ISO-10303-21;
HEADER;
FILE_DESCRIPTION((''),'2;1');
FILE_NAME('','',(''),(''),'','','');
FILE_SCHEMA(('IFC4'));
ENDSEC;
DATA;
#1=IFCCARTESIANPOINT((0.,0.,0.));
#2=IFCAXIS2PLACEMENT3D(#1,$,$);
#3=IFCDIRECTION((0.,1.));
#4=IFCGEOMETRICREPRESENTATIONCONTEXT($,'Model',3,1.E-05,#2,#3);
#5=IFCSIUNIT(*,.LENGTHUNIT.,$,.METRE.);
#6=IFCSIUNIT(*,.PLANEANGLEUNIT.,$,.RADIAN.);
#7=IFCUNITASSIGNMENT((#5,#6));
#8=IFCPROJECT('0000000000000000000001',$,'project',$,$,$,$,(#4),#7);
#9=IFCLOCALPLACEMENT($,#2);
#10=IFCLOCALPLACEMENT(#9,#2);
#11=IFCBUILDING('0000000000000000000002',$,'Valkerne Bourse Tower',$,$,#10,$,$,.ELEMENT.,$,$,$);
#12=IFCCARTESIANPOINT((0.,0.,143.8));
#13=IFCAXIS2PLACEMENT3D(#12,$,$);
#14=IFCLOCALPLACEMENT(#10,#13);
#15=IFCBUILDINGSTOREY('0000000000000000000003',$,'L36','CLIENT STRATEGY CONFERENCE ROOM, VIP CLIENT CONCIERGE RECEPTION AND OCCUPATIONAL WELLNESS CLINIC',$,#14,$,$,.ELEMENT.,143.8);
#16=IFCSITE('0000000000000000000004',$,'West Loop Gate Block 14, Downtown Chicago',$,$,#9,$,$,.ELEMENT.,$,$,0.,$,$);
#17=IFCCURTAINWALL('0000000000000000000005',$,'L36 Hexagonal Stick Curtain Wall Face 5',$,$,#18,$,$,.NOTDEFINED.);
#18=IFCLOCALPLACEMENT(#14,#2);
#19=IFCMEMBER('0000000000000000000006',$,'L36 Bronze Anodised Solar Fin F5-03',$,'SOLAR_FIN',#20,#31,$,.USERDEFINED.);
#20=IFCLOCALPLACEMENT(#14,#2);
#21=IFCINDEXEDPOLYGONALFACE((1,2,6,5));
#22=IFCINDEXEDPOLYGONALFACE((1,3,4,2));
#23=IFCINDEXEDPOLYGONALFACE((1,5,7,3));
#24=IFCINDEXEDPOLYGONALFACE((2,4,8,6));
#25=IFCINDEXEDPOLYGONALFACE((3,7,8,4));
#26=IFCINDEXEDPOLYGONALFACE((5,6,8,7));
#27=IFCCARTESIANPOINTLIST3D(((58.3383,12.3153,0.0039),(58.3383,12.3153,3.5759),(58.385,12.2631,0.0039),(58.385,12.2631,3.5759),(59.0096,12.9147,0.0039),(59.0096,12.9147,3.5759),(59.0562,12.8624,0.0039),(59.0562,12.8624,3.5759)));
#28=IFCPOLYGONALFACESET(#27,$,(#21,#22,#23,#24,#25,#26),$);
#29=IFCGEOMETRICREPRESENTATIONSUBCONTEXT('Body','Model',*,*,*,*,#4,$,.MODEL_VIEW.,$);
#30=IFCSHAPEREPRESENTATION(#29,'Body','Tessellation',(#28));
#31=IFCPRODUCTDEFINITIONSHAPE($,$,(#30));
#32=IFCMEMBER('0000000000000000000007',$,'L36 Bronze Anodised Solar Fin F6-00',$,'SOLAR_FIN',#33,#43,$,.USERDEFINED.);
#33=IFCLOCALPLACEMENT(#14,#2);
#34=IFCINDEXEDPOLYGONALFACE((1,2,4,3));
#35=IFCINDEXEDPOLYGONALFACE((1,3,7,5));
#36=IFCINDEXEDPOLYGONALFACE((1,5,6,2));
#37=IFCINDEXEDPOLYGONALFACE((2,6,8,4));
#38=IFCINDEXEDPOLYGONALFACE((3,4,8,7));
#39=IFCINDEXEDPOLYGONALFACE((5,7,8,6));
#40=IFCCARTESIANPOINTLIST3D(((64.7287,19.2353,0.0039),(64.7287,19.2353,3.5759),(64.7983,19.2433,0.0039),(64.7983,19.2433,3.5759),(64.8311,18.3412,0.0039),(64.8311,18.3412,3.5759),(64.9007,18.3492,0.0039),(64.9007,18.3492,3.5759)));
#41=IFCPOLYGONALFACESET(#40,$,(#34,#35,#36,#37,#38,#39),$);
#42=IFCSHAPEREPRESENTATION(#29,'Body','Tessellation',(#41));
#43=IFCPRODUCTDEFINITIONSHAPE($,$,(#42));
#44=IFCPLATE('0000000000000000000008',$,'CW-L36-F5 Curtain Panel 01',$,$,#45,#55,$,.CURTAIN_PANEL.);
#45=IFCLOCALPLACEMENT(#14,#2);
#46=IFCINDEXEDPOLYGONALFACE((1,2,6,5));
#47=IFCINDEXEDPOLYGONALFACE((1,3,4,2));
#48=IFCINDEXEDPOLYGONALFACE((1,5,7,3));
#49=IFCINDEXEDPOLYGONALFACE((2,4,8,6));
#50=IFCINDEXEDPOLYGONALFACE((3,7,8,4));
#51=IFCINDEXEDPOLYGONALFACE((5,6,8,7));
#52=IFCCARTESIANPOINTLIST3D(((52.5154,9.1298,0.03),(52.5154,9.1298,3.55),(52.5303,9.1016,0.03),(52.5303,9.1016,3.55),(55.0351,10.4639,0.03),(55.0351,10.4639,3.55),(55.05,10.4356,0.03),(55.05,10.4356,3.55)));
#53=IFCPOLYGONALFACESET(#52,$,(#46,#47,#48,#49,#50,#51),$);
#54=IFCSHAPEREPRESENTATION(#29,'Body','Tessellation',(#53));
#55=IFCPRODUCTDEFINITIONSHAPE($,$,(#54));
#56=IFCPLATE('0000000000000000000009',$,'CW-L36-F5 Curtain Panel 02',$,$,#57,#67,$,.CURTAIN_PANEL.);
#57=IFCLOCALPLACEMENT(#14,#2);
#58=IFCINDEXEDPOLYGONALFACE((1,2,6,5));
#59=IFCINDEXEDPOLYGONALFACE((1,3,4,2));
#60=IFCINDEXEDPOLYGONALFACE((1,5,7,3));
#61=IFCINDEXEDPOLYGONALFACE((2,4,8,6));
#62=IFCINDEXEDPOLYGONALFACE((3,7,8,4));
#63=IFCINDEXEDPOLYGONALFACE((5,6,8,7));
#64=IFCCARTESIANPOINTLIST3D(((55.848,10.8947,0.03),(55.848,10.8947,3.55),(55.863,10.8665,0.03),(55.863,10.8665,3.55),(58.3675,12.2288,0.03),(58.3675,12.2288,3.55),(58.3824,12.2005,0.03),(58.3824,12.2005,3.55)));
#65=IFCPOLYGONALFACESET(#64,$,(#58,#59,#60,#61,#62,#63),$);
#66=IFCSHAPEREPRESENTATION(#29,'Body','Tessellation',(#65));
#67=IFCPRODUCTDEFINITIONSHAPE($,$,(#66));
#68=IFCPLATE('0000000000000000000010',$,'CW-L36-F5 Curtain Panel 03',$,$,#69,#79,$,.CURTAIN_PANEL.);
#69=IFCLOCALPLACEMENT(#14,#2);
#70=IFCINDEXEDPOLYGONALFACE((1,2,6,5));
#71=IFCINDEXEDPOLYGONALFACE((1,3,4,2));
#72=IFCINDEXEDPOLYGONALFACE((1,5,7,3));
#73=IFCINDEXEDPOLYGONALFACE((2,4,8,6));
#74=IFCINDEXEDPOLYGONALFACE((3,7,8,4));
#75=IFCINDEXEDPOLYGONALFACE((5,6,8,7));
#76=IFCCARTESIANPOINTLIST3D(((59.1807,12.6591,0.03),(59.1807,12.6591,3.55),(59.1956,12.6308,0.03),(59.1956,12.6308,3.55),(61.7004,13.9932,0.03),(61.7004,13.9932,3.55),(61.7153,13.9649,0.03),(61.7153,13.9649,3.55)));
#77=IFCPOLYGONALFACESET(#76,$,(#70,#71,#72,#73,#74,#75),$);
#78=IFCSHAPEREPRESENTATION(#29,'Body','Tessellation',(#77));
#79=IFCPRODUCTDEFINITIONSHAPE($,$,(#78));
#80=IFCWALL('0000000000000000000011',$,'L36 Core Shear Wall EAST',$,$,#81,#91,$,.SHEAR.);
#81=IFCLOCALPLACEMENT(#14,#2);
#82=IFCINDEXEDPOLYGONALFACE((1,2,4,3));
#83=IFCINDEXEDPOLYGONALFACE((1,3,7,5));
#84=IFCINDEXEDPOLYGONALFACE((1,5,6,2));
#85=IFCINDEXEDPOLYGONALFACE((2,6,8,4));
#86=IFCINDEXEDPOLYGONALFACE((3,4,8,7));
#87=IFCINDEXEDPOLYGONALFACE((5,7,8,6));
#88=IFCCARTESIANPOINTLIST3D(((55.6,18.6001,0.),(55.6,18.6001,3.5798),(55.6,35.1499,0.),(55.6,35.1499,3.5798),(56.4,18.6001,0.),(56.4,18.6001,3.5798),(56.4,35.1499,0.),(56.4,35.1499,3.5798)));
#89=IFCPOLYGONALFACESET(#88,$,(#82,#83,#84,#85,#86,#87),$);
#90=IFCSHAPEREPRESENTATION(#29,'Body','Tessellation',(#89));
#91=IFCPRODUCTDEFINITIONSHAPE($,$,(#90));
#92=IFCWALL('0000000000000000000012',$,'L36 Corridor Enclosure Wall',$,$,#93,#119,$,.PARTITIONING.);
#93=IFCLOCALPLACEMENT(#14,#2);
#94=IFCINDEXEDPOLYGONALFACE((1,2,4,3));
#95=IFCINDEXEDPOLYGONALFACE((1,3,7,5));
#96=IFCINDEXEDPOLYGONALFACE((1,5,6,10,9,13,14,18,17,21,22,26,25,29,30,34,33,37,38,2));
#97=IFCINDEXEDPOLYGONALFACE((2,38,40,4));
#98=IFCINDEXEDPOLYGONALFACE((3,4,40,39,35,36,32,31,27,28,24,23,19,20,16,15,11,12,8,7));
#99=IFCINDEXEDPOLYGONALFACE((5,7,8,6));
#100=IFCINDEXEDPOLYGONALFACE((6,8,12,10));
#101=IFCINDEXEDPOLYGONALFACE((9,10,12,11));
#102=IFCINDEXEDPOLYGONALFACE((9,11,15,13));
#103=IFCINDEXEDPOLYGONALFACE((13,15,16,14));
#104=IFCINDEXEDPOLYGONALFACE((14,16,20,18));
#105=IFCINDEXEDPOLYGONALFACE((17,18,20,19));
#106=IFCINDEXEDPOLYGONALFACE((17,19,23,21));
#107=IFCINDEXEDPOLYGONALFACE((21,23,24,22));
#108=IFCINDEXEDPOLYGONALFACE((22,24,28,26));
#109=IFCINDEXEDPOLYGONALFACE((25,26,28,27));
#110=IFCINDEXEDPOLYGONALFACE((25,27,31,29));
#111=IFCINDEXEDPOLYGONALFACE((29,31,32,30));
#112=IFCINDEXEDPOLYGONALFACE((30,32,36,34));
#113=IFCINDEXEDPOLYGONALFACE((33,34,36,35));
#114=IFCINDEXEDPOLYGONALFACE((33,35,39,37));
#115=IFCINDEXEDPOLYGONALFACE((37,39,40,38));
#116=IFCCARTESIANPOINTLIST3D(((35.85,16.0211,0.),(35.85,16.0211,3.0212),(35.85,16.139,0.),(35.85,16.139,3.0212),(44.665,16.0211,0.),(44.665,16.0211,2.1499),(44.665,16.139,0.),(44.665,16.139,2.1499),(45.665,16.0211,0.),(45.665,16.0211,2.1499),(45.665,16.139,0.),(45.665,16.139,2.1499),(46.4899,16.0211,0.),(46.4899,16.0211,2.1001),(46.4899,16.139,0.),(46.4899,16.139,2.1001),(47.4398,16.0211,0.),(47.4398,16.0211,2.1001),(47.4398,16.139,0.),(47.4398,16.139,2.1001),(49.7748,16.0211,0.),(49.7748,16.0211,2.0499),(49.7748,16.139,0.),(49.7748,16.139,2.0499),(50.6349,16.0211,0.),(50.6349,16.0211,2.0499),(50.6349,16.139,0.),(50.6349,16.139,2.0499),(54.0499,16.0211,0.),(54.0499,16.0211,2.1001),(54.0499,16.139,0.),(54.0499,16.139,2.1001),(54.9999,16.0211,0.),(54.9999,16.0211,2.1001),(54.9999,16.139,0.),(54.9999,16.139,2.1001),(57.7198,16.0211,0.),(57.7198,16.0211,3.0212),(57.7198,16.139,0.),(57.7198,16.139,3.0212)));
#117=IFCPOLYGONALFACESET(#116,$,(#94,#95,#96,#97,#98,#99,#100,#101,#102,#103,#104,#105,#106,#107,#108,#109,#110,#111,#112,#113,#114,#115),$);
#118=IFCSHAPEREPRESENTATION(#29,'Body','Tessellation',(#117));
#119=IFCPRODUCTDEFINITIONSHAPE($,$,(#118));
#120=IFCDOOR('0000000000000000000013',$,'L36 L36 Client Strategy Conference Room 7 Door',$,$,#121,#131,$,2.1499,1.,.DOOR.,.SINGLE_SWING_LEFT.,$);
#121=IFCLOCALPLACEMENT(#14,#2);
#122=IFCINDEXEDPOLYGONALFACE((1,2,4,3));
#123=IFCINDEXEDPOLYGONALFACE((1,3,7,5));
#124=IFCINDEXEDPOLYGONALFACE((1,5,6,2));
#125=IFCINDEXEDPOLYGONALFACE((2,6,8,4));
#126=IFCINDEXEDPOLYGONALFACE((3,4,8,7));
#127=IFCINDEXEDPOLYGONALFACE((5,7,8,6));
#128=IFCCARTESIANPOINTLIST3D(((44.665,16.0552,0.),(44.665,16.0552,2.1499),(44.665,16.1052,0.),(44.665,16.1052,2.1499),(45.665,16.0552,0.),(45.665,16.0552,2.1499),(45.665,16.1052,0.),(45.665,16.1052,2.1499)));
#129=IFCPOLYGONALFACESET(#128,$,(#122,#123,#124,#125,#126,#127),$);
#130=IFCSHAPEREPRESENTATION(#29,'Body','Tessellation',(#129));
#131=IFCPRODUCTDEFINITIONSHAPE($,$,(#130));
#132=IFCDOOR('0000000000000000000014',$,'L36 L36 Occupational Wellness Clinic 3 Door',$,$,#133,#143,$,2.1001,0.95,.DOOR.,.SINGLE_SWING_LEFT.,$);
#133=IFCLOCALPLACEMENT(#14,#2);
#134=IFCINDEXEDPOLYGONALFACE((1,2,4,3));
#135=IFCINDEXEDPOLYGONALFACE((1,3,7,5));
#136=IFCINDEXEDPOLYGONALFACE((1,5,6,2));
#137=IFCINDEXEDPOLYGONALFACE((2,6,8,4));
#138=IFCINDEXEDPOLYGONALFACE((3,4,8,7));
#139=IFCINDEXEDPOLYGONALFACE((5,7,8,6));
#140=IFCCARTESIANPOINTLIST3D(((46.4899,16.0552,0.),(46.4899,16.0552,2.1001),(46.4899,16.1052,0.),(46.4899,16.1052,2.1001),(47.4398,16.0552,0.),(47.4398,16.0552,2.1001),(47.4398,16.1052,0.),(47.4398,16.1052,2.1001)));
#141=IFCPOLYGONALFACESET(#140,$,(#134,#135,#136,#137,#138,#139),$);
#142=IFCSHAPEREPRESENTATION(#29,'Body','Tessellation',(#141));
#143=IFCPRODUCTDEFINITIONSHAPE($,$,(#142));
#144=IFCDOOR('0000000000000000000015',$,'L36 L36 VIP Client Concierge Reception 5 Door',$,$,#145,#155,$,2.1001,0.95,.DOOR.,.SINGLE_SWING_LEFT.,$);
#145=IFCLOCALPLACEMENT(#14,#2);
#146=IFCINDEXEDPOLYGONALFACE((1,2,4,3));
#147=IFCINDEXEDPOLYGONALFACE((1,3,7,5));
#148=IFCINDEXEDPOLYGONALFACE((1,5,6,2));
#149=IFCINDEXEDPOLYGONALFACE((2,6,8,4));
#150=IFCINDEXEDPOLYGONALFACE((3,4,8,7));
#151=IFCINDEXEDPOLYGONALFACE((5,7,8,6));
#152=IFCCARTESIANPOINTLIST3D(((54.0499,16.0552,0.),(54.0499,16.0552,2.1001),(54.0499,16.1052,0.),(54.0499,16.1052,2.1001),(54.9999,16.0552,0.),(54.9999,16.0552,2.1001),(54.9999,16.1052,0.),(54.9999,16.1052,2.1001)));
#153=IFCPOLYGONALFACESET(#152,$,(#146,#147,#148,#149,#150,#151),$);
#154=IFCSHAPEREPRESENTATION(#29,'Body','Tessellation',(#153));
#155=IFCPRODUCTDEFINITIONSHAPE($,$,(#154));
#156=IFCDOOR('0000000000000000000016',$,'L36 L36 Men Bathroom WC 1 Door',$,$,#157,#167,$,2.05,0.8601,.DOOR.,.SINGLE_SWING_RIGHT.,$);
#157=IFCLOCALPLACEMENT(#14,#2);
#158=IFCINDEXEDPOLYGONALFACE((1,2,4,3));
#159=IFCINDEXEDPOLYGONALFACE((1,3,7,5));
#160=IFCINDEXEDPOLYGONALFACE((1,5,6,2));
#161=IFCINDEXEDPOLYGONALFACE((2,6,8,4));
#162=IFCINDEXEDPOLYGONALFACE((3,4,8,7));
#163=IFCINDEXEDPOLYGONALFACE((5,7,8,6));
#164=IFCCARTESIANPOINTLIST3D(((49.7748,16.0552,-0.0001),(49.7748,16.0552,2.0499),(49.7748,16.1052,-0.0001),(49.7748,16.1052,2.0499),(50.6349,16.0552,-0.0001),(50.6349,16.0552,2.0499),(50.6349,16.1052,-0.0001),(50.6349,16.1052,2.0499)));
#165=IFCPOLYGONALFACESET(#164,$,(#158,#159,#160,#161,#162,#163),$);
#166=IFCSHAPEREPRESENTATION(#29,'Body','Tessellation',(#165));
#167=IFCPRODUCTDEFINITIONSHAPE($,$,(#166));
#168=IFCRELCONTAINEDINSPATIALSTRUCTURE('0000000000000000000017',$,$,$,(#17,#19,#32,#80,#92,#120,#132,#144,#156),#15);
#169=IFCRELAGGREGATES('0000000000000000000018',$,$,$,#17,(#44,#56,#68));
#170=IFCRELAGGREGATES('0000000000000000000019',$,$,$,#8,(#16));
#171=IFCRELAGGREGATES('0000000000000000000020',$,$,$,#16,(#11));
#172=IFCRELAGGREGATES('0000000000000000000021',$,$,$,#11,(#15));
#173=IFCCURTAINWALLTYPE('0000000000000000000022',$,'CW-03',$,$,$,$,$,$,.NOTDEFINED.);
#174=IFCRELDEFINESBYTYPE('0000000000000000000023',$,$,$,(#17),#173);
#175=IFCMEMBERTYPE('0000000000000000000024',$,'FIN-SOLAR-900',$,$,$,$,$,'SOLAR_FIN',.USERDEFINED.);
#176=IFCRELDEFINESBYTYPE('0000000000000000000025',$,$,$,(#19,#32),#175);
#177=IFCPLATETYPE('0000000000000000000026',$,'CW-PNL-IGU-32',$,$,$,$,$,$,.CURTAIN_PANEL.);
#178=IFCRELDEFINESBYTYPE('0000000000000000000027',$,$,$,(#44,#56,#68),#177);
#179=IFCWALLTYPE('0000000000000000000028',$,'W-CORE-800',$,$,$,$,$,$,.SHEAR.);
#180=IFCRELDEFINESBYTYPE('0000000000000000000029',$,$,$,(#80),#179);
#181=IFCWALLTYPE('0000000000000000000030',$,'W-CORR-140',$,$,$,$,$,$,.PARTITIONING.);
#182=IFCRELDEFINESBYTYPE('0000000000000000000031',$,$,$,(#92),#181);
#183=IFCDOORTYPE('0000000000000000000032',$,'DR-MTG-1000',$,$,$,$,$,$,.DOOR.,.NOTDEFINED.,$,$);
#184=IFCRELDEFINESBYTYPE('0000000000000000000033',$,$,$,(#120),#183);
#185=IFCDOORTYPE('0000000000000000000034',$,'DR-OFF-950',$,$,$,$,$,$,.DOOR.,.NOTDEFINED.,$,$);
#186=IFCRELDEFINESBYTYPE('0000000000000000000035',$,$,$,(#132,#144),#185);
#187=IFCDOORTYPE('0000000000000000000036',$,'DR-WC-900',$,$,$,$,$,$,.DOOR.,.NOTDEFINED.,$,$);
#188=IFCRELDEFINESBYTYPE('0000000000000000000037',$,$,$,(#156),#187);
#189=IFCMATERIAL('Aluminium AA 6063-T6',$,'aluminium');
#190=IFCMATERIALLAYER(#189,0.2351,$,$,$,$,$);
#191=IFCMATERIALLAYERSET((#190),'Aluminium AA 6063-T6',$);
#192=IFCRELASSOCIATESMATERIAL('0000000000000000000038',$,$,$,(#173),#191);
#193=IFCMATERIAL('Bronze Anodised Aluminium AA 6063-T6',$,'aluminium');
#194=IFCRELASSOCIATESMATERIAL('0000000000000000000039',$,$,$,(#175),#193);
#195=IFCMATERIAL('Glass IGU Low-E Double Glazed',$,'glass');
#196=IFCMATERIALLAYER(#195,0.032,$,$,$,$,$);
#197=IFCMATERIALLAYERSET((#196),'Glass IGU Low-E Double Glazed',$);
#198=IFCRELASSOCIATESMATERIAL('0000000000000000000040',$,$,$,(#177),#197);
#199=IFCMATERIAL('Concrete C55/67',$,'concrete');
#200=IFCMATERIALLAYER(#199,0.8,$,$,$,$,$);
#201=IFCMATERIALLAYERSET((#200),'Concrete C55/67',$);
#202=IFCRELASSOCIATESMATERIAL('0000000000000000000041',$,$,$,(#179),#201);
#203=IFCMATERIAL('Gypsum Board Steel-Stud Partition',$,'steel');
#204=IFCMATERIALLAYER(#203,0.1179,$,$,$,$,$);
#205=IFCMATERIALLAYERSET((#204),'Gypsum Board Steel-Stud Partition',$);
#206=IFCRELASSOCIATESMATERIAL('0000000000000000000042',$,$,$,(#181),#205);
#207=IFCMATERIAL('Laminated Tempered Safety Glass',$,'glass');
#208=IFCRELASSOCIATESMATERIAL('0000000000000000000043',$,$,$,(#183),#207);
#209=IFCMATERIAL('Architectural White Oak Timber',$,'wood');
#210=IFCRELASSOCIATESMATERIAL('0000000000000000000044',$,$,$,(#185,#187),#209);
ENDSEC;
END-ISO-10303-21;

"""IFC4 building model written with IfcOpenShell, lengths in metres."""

from ifc_helpers import new_model, si_unit, direction, frame, frame_2d, origin, origin_2d, place, context, subcontext, project, spatial, rectangle, extrude, material, layer, layer_set, material_profile, profile_set, type_object, element, fill, aggregate, save


model = new_model("IFC4")

# Units and contexts
model_context = context("Model", 3, precision=1e-05, world=origin(), true_north=direction((0.0, 1.0)))
body_context = subcontext(model_context, "Body", "Model", "MODEL_VIEW")
ifc_project = project(units=[si_unit("LENGTHUNIT", "METRE"), si_unit("PLANEANGLEUNIT", "RADIAN")], contexts=[model_context])

# Site, building, storey
site_placement = place(None, origin())
site = spatial("IfcSite", under=ifc_project, at=site_placement, Name="West Loop Gate Block 14, Downtown Chicago", CompositionType="ELEMENT", RefElevation=0.0)
building_placement = place(site_placement, origin())
building = spatial("IfcBuilding", under=site, at=building_placement, Name="Valkerne Bourse Tower", CompositionType="ELEMENT")
storey_placement = place(building_placement, frame((0.0, 0.0, 143.8)))
storey = spatial("IfcBuildingStorey", under=building, at=storey_placement, Name="L36", Description="CLIENT STRATEGY CONFERENCE ROOM, VIP CLIENT CONCIERGE RECEPTION AND OCCUPATIONAL WELLNESS CLINIC", CompositionType="ELEMENT", Elevation=143.8)

# Curtain wall
ifc_material_1 = material(Name="Aluminium AA 6063-T6", Category="aluminium")
ifc_layer_1 = layer(ifc_material_1, 0.2351)
ifc_layer_set_1 = layer_set([ifc_layer_1], Name="Aluminium AA 6063-T6")
curtain_wall_type = type_object("IfcCurtainWallType", Name="CW-03", PredefinedType="NOTDEFINED", material=ifc_layer_set_1)
curtain_wall_1_placement = place(storey_placement, origin())
curtain_wall_1 = element("IfcCurtainWall", 1, at=curtain_wall_1_placement, inside=storey, type_object=curtain_wall_type, Name="L36 Hexagonal Stick Curtain Wall Face 5", PredefinedType="NOTDEFINED")

# Members
ifc_material_2 = material(Name="Bronze Anodised Aluminium AA 6063-T6", Category="aluminium")
ifc_material_profile_1 = material_profile(ifc_material_2, rectangle(XDim=0.0701, YDim=0.8999, at=origin_2d()), Name="FIN-70X900")
ifc_profile_set_1 = profile_set([ifc_material_profile_1], Name="Bronze Anodised Aluminium AA 6063-T6")
member_type_1 = type_object("IfcMemberType", Name="FIN-SOLAR-900", ElementType="SOLAR_FIN", PredefinedType="USERDEFINED", material=ifc_profile_set_1)
for number, where, z_axis, x_axis, name in (
    (2, (58.6973, 12.5889, 0.0039), (0.0, 0.0, 1.0), (0.666021, -0.745933, 0.0), "L36 Bronze Anodised Solar Fin F5-03"),
    (3, (64.8147, 18.7922, 0.0039), (0.0, 0.0, 1.0), (0.993496, 0.113868, 0.0), "L36 Bronze Anodised Solar Fin F6-00"),
):
    element("IfcMember", number, at=place(storey_placement, frame(where, z_axis=z_axis, x_axis=x_axis)), inside=storey, type_object=member_type_1, Name=name, ObjectType="SOLAR_FIN", PredefinedType="USERDEFINED", context=body_context, shape_type="SweptSolid", body=[
        extrude(rectangle(XDim=0.0701, YDim=0.8999, at=origin_2d()), origin(), (0.0, 0.0, 1.0), 3.572),
    ])

# Plates
ifc_material_3 = material(Name="Glass IGU Low-E Double Glazed", Category="glass")
ifc_layer_2 = layer(ifc_material_3, 0.032)
ifc_layer_set_2 = layer_set([ifc_layer_2], Name="Glass IGU Low-E Double Glazed")
plate_type = type_object("IfcPlateType", Name="CW-PNL-IGU-32", PredefinedType="CURTAIN_PANEL", material=ifc_layer_set_2)
plate_1_placement = place(storey_placement, frame((53.7827, 9.7827, 0.03), z_axis=(0.0, 0.0, 1.0), x_axis=(0.883774, 0.467915, 0.0)))
plate_1 = element("IfcPlate", 4, at=plate_1_placement, type_object=plate_type, Name="CW-L36-F5 Curtain Panel 01", PredefinedType="CURTAIN_PANEL", context=body_context, shape_type="SweptSolid", body=[
    extrude(rectangle(XDim=2.8511, YDim=0.032, at=origin_2d()), origin(), (0.0, 0.0, 1.0), 3.52),
])
plate_2_placement = place(storey_placement, frame((57.1152, 11.5476, 0.03), z_axis=(0.0, 0.0, 1.0), x_axis=(0.883757, 0.467946, 0.0)))
plate_2 = element("IfcPlate", 5, at=plate_2_placement, type_object=plate_type, Name="CW-L36-F5 Curtain Panel 02", PredefinedType="CURTAIN_PANEL", context=body_context, shape_type="SweptSolid", body=[
    extrude(rectangle(XDim=2.8508, YDim=0.032, at=origin_2d()), origin(), (0.0, 0.0, 1.0), 3.52),
])
plate_3_placement = place(storey_placement, frame((60.448, 13.312, 0.03), z_axis=(0.0, 0.0, 1.0), x_axis=(0.883763, 0.467935, 0.0)))
plate_3 = element("IfcPlate", 6, at=plate_3_placement, type_object=plate_type, Name="CW-L36-F5 Curtain Panel 03", PredefinedType="CURTAIN_PANEL", context=body_context, shape_type="SweptSolid", body=[
    extrude(rectangle(XDim=2.8511, YDim=0.032, at=origin_2d()), origin(), (0.0, 0.0, 1.0), 3.52),
])
aggregate(curtain_wall_1, [plate_1, plate_2, plate_3])

# Wall
ifc_material_4 = material(Name="Concrete C55/67", Category="concrete")
ifc_layer_3 = layer(ifc_material_4, 0.8)
ifc_layer_set_3 = layer_set([ifc_layer_3], Name="Concrete C55/67")
wall_type_1 = type_object("IfcWallType", Name="W-CORE-800", PredefinedType="SHEAR", material=ifc_layer_set_3)
wall_1_placement = place(storey_placement, frame((56.0, 18.6001, 0.0), z_axis=(0.0, 0.0, 1.0), x_axis=(0.0, 1.0, 0.0)))
element("IfcWall", 7, at=wall_1_placement, inside=storey, type_object=wall_type_1, Name="L36 Core Shear Wall EAST", PredefinedType="SHEAR", context=body_context, shape_type="SweptSolid", body=[
    extrude(rectangle(XDim=16.5498, YDim=0.8, at=frame_2d((8.2749, 0.0))), origin(), (0.0, 0.0, 1.0), 3.5798),
])

# Wall, openings, doors
ifc_material_5 = material(Name="Gypsum Board Steel-Stud Partition", Category="steel")
ifc_layer_4 = layer(ifc_material_5, 0.1179)
ifc_layer_set_4 = layer_set([ifc_layer_4], Name="Gypsum Board Steel-Stud Partition")
wall_type_2 = type_object("IfcWallType", Name="W-CORR-140", PredefinedType="PARTITIONING", material=ifc_layer_set_4)
wall_2_placement = place(storey_placement, frame((57.72, 16.0801, 0.0), z_axis=(0.0, 0.0, 1.0), x_axis=(-1.0, 0.0, 0.0)))
wall_2 = element("IfcWall", 8, at=wall_2_placement, inside=storey, type_object=wall_type_2, Name="L36 Corridor Enclosure Wall", PredefinedType="PARTITIONING", context=body_context, shape_type="SweptSolid", body=[
    extrude(rectangle(XDim=21.8699, YDim=0.1179, at=frame_2d((10.9351, 0.0))), origin(), (0.0, 0.0, 1.0), 3.0212),
])
opening_1_placement = place(wall_2_placement, frame((7.085, 0.0, 0.0)))
opening_1 = element("IfcOpeningElement", 9, at=opening_1_placement, cuts=wall_2, PredefinedType="OPENING", context=body_context, shape_type="SweptSolid", body=[
    extrude(rectangle(XDim=0.8601, YDim=2.05, at=frame_2d((0.4302, 1.0249))), frame((0.0, 0.0688, 0.0), z_axis=(0.0, -1.0, 0.0), x_axis=(1.0, 0.0, 0.0)), (0.0, 0.0, 1.0), 0.1379),
])
opening_2_placement = place(wall_2_placement, frame((10.28, 0.0, 0.0)))
opening_2 = element("IfcOpeningElement", 10, at=opening_2_placement, cuts=wall_2, PredefinedType="OPENING", context=body_context, shape_type="SweptSolid", body=[
    extrude(rectangle(XDim=0.95, YDim=2.1001, at=frame_2d((0.4751, 1.05))), frame((0.0, 0.0688, 0.0), z_axis=(0.0, -1.0, 0.0), x_axis=(1.0, 0.0, 0.0)), (0.0, 0.0, 1.0), 0.1379),
])
opening_3_placement = place(wall_2_placement, frame((2.72, 0.0, 0.0)))
opening_3 = element("IfcOpeningElement", 11, at=opening_3_placement, cuts=wall_2, PredefinedType="OPENING", context=body_context, shape_type="SweptSolid", body=[
    extrude(rectangle(XDim=0.95, YDim=2.1001, at=frame_2d((0.4751, 1.05))), frame((0.0, 0.0688, 0.0), z_axis=(0.0, -1.0, 0.0), x_axis=(1.0, 0.0, 0.0)), (0.0, 0.0, 1.0), 0.1379),
])
opening_4_placement = place(wall_2_placement, frame((12.0549, 0.0, 0.0)))
opening_4 = element("IfcOpeningElement", 12, at=opening_4_placement, cuts=wall_2, PredefinedType="OPENING", context=body_context, shape_type="SweptSolid", body=[
    extrude(rectangle(XDim=1.0, YDim=2.1499, at=frame_2d((0.5, 1.075))), frame((0.0, 0.0688, 0.0), z_axis=(0.0, -1.0, 0.0), x_axis=(1.0, 0.0, 0.0)), (0.0, 0.0, 1.0), 0.1379),
])
ifc_material_6 = material(Name="Laminated Tempered Safety Glass", Category="glass")
door_type_1 = type_object("IfcDoorType", Name="DR-MTG-1000", OperationType="NOTDEFINED", PredefinedType="DOOR", material=ifc_material_6)
door_1_placement = place(opening_4_placement, origin())
door_1 = element("IfcDoor", 13, at=door_1_placement, inside=storey, type_object=door_type_1, Name="L36 L36 Client Strategy Conference Room 7 Door", OperationType="SINGLE_SWING_LEFT", OverallHeight=2.1499, OverallWidth=1.0, PredefinedType="DOOR", context=body_context, shape_type="SweptSolid", body=[
    extrude(rectangle(XDim=1.0, YDim=2.1499, at=frame_2d((0.5, 1.075))), frame((0.0, 0.0249, 0.0), z_axis=(0.0, -1.0, 0.0), x_axis=(1.0, 0.0, 0.0)), (0.0, 0.0, 1.0), 0.05),
])
fill(opening_4, door_1)
ifc_material_7 = material(Name="Architectural White Oak Timber", Category="wood")
door_type_2 = type_object("IfcDoorType", Name="DR-OFF-950", OperationType="NOTDEFINED", PredefinedType="DOOR", material=ifc_material_7)
door_2_placement = place(opening_2_placement, origin())
door_2 = element("IfcDoor", 14, at=door_2_placement, inside=storey, type_object=door_type_2, Name="L36 L36 Occupational Wellness Clinic 3 Door", OperationType="SINGLE_SWING_LEFT", OverallHeight=2.1001, OverallWidth=0.95, PredefinedType="DOOR", context=body_context, shape_type="SweptSolid", body=[
    extrude(rectangle(XDim=0.95, YDim=2.1001, at=frame_2d((0.4751, 1.05))), frame((0.0, 0.0249, 0.0), z_axis=(0.0, -1.0, 0.0), x_axis=(1.0, 0.0, 0.0)), (0.0, 0.0, 1.0), 0.05),
])
fill(opening_2, door_2)
door_3_placement = place(opening_3_placement, origin())
door_3 = element("IfcDoor", 15, at=door_3_placement, inside=storey, type_object=door_type_2, Name="L36 L36 VIP Client Concierge Reception 5 Door", OperationType="SINGLE_SWING_LEFT", OverallHeight=2.1001, OverallWidth=0.95, PredefinedType="DOOR", context=body_context, shape_type="SweptSolid", body=[
    extrude(rectangle(XDim=0.95, YDim=2.1001, at=frame_2d((0.4751, 1.05))), frame((0.0, 0.0249, 0.0), z_axis=(0.0, -1.0, 0.0), x_axis=(1.0, 0.0, 0.0)), (0.0, 0.0, 1.0), 0.05),
])
fill(opening_3, door_3)
door_type_3 = type_object("IfcDoorType", Name="DR-WC-900", OperationType="NOTDEFINED", PredefinedType="DOOR", material=ifc_material_7)
door_4_placement = place(opening_1_placement, origin())
door_4 = element("IfcDoor", 16, at=door_4_placement, inside=storey, type_object=door_type_3, Name="L36 L36 Men Bathroom WC 1 Door", OperationType="SINGLE_SWING_RIGHT", OverallHeight=2.05, OverallWidth=0.8601, PredefinedType="DOOR", context=body_context, shape_type="SweptSolid", body=[
    extrude(rectangle(XDim=0.8601, YDim=2.05, at=frame_2d((0.4302, 1.0249))), frame((0.0, 0.0249, 0.0), z_axis=(0.0, -1.0, 0.0), x_axis=(1.0, 0.0, 0.0)), (0.0, 0.0, 1.0), 0.05),
])
fill(opening_1, door_4)

save(model, "model.ifc")
